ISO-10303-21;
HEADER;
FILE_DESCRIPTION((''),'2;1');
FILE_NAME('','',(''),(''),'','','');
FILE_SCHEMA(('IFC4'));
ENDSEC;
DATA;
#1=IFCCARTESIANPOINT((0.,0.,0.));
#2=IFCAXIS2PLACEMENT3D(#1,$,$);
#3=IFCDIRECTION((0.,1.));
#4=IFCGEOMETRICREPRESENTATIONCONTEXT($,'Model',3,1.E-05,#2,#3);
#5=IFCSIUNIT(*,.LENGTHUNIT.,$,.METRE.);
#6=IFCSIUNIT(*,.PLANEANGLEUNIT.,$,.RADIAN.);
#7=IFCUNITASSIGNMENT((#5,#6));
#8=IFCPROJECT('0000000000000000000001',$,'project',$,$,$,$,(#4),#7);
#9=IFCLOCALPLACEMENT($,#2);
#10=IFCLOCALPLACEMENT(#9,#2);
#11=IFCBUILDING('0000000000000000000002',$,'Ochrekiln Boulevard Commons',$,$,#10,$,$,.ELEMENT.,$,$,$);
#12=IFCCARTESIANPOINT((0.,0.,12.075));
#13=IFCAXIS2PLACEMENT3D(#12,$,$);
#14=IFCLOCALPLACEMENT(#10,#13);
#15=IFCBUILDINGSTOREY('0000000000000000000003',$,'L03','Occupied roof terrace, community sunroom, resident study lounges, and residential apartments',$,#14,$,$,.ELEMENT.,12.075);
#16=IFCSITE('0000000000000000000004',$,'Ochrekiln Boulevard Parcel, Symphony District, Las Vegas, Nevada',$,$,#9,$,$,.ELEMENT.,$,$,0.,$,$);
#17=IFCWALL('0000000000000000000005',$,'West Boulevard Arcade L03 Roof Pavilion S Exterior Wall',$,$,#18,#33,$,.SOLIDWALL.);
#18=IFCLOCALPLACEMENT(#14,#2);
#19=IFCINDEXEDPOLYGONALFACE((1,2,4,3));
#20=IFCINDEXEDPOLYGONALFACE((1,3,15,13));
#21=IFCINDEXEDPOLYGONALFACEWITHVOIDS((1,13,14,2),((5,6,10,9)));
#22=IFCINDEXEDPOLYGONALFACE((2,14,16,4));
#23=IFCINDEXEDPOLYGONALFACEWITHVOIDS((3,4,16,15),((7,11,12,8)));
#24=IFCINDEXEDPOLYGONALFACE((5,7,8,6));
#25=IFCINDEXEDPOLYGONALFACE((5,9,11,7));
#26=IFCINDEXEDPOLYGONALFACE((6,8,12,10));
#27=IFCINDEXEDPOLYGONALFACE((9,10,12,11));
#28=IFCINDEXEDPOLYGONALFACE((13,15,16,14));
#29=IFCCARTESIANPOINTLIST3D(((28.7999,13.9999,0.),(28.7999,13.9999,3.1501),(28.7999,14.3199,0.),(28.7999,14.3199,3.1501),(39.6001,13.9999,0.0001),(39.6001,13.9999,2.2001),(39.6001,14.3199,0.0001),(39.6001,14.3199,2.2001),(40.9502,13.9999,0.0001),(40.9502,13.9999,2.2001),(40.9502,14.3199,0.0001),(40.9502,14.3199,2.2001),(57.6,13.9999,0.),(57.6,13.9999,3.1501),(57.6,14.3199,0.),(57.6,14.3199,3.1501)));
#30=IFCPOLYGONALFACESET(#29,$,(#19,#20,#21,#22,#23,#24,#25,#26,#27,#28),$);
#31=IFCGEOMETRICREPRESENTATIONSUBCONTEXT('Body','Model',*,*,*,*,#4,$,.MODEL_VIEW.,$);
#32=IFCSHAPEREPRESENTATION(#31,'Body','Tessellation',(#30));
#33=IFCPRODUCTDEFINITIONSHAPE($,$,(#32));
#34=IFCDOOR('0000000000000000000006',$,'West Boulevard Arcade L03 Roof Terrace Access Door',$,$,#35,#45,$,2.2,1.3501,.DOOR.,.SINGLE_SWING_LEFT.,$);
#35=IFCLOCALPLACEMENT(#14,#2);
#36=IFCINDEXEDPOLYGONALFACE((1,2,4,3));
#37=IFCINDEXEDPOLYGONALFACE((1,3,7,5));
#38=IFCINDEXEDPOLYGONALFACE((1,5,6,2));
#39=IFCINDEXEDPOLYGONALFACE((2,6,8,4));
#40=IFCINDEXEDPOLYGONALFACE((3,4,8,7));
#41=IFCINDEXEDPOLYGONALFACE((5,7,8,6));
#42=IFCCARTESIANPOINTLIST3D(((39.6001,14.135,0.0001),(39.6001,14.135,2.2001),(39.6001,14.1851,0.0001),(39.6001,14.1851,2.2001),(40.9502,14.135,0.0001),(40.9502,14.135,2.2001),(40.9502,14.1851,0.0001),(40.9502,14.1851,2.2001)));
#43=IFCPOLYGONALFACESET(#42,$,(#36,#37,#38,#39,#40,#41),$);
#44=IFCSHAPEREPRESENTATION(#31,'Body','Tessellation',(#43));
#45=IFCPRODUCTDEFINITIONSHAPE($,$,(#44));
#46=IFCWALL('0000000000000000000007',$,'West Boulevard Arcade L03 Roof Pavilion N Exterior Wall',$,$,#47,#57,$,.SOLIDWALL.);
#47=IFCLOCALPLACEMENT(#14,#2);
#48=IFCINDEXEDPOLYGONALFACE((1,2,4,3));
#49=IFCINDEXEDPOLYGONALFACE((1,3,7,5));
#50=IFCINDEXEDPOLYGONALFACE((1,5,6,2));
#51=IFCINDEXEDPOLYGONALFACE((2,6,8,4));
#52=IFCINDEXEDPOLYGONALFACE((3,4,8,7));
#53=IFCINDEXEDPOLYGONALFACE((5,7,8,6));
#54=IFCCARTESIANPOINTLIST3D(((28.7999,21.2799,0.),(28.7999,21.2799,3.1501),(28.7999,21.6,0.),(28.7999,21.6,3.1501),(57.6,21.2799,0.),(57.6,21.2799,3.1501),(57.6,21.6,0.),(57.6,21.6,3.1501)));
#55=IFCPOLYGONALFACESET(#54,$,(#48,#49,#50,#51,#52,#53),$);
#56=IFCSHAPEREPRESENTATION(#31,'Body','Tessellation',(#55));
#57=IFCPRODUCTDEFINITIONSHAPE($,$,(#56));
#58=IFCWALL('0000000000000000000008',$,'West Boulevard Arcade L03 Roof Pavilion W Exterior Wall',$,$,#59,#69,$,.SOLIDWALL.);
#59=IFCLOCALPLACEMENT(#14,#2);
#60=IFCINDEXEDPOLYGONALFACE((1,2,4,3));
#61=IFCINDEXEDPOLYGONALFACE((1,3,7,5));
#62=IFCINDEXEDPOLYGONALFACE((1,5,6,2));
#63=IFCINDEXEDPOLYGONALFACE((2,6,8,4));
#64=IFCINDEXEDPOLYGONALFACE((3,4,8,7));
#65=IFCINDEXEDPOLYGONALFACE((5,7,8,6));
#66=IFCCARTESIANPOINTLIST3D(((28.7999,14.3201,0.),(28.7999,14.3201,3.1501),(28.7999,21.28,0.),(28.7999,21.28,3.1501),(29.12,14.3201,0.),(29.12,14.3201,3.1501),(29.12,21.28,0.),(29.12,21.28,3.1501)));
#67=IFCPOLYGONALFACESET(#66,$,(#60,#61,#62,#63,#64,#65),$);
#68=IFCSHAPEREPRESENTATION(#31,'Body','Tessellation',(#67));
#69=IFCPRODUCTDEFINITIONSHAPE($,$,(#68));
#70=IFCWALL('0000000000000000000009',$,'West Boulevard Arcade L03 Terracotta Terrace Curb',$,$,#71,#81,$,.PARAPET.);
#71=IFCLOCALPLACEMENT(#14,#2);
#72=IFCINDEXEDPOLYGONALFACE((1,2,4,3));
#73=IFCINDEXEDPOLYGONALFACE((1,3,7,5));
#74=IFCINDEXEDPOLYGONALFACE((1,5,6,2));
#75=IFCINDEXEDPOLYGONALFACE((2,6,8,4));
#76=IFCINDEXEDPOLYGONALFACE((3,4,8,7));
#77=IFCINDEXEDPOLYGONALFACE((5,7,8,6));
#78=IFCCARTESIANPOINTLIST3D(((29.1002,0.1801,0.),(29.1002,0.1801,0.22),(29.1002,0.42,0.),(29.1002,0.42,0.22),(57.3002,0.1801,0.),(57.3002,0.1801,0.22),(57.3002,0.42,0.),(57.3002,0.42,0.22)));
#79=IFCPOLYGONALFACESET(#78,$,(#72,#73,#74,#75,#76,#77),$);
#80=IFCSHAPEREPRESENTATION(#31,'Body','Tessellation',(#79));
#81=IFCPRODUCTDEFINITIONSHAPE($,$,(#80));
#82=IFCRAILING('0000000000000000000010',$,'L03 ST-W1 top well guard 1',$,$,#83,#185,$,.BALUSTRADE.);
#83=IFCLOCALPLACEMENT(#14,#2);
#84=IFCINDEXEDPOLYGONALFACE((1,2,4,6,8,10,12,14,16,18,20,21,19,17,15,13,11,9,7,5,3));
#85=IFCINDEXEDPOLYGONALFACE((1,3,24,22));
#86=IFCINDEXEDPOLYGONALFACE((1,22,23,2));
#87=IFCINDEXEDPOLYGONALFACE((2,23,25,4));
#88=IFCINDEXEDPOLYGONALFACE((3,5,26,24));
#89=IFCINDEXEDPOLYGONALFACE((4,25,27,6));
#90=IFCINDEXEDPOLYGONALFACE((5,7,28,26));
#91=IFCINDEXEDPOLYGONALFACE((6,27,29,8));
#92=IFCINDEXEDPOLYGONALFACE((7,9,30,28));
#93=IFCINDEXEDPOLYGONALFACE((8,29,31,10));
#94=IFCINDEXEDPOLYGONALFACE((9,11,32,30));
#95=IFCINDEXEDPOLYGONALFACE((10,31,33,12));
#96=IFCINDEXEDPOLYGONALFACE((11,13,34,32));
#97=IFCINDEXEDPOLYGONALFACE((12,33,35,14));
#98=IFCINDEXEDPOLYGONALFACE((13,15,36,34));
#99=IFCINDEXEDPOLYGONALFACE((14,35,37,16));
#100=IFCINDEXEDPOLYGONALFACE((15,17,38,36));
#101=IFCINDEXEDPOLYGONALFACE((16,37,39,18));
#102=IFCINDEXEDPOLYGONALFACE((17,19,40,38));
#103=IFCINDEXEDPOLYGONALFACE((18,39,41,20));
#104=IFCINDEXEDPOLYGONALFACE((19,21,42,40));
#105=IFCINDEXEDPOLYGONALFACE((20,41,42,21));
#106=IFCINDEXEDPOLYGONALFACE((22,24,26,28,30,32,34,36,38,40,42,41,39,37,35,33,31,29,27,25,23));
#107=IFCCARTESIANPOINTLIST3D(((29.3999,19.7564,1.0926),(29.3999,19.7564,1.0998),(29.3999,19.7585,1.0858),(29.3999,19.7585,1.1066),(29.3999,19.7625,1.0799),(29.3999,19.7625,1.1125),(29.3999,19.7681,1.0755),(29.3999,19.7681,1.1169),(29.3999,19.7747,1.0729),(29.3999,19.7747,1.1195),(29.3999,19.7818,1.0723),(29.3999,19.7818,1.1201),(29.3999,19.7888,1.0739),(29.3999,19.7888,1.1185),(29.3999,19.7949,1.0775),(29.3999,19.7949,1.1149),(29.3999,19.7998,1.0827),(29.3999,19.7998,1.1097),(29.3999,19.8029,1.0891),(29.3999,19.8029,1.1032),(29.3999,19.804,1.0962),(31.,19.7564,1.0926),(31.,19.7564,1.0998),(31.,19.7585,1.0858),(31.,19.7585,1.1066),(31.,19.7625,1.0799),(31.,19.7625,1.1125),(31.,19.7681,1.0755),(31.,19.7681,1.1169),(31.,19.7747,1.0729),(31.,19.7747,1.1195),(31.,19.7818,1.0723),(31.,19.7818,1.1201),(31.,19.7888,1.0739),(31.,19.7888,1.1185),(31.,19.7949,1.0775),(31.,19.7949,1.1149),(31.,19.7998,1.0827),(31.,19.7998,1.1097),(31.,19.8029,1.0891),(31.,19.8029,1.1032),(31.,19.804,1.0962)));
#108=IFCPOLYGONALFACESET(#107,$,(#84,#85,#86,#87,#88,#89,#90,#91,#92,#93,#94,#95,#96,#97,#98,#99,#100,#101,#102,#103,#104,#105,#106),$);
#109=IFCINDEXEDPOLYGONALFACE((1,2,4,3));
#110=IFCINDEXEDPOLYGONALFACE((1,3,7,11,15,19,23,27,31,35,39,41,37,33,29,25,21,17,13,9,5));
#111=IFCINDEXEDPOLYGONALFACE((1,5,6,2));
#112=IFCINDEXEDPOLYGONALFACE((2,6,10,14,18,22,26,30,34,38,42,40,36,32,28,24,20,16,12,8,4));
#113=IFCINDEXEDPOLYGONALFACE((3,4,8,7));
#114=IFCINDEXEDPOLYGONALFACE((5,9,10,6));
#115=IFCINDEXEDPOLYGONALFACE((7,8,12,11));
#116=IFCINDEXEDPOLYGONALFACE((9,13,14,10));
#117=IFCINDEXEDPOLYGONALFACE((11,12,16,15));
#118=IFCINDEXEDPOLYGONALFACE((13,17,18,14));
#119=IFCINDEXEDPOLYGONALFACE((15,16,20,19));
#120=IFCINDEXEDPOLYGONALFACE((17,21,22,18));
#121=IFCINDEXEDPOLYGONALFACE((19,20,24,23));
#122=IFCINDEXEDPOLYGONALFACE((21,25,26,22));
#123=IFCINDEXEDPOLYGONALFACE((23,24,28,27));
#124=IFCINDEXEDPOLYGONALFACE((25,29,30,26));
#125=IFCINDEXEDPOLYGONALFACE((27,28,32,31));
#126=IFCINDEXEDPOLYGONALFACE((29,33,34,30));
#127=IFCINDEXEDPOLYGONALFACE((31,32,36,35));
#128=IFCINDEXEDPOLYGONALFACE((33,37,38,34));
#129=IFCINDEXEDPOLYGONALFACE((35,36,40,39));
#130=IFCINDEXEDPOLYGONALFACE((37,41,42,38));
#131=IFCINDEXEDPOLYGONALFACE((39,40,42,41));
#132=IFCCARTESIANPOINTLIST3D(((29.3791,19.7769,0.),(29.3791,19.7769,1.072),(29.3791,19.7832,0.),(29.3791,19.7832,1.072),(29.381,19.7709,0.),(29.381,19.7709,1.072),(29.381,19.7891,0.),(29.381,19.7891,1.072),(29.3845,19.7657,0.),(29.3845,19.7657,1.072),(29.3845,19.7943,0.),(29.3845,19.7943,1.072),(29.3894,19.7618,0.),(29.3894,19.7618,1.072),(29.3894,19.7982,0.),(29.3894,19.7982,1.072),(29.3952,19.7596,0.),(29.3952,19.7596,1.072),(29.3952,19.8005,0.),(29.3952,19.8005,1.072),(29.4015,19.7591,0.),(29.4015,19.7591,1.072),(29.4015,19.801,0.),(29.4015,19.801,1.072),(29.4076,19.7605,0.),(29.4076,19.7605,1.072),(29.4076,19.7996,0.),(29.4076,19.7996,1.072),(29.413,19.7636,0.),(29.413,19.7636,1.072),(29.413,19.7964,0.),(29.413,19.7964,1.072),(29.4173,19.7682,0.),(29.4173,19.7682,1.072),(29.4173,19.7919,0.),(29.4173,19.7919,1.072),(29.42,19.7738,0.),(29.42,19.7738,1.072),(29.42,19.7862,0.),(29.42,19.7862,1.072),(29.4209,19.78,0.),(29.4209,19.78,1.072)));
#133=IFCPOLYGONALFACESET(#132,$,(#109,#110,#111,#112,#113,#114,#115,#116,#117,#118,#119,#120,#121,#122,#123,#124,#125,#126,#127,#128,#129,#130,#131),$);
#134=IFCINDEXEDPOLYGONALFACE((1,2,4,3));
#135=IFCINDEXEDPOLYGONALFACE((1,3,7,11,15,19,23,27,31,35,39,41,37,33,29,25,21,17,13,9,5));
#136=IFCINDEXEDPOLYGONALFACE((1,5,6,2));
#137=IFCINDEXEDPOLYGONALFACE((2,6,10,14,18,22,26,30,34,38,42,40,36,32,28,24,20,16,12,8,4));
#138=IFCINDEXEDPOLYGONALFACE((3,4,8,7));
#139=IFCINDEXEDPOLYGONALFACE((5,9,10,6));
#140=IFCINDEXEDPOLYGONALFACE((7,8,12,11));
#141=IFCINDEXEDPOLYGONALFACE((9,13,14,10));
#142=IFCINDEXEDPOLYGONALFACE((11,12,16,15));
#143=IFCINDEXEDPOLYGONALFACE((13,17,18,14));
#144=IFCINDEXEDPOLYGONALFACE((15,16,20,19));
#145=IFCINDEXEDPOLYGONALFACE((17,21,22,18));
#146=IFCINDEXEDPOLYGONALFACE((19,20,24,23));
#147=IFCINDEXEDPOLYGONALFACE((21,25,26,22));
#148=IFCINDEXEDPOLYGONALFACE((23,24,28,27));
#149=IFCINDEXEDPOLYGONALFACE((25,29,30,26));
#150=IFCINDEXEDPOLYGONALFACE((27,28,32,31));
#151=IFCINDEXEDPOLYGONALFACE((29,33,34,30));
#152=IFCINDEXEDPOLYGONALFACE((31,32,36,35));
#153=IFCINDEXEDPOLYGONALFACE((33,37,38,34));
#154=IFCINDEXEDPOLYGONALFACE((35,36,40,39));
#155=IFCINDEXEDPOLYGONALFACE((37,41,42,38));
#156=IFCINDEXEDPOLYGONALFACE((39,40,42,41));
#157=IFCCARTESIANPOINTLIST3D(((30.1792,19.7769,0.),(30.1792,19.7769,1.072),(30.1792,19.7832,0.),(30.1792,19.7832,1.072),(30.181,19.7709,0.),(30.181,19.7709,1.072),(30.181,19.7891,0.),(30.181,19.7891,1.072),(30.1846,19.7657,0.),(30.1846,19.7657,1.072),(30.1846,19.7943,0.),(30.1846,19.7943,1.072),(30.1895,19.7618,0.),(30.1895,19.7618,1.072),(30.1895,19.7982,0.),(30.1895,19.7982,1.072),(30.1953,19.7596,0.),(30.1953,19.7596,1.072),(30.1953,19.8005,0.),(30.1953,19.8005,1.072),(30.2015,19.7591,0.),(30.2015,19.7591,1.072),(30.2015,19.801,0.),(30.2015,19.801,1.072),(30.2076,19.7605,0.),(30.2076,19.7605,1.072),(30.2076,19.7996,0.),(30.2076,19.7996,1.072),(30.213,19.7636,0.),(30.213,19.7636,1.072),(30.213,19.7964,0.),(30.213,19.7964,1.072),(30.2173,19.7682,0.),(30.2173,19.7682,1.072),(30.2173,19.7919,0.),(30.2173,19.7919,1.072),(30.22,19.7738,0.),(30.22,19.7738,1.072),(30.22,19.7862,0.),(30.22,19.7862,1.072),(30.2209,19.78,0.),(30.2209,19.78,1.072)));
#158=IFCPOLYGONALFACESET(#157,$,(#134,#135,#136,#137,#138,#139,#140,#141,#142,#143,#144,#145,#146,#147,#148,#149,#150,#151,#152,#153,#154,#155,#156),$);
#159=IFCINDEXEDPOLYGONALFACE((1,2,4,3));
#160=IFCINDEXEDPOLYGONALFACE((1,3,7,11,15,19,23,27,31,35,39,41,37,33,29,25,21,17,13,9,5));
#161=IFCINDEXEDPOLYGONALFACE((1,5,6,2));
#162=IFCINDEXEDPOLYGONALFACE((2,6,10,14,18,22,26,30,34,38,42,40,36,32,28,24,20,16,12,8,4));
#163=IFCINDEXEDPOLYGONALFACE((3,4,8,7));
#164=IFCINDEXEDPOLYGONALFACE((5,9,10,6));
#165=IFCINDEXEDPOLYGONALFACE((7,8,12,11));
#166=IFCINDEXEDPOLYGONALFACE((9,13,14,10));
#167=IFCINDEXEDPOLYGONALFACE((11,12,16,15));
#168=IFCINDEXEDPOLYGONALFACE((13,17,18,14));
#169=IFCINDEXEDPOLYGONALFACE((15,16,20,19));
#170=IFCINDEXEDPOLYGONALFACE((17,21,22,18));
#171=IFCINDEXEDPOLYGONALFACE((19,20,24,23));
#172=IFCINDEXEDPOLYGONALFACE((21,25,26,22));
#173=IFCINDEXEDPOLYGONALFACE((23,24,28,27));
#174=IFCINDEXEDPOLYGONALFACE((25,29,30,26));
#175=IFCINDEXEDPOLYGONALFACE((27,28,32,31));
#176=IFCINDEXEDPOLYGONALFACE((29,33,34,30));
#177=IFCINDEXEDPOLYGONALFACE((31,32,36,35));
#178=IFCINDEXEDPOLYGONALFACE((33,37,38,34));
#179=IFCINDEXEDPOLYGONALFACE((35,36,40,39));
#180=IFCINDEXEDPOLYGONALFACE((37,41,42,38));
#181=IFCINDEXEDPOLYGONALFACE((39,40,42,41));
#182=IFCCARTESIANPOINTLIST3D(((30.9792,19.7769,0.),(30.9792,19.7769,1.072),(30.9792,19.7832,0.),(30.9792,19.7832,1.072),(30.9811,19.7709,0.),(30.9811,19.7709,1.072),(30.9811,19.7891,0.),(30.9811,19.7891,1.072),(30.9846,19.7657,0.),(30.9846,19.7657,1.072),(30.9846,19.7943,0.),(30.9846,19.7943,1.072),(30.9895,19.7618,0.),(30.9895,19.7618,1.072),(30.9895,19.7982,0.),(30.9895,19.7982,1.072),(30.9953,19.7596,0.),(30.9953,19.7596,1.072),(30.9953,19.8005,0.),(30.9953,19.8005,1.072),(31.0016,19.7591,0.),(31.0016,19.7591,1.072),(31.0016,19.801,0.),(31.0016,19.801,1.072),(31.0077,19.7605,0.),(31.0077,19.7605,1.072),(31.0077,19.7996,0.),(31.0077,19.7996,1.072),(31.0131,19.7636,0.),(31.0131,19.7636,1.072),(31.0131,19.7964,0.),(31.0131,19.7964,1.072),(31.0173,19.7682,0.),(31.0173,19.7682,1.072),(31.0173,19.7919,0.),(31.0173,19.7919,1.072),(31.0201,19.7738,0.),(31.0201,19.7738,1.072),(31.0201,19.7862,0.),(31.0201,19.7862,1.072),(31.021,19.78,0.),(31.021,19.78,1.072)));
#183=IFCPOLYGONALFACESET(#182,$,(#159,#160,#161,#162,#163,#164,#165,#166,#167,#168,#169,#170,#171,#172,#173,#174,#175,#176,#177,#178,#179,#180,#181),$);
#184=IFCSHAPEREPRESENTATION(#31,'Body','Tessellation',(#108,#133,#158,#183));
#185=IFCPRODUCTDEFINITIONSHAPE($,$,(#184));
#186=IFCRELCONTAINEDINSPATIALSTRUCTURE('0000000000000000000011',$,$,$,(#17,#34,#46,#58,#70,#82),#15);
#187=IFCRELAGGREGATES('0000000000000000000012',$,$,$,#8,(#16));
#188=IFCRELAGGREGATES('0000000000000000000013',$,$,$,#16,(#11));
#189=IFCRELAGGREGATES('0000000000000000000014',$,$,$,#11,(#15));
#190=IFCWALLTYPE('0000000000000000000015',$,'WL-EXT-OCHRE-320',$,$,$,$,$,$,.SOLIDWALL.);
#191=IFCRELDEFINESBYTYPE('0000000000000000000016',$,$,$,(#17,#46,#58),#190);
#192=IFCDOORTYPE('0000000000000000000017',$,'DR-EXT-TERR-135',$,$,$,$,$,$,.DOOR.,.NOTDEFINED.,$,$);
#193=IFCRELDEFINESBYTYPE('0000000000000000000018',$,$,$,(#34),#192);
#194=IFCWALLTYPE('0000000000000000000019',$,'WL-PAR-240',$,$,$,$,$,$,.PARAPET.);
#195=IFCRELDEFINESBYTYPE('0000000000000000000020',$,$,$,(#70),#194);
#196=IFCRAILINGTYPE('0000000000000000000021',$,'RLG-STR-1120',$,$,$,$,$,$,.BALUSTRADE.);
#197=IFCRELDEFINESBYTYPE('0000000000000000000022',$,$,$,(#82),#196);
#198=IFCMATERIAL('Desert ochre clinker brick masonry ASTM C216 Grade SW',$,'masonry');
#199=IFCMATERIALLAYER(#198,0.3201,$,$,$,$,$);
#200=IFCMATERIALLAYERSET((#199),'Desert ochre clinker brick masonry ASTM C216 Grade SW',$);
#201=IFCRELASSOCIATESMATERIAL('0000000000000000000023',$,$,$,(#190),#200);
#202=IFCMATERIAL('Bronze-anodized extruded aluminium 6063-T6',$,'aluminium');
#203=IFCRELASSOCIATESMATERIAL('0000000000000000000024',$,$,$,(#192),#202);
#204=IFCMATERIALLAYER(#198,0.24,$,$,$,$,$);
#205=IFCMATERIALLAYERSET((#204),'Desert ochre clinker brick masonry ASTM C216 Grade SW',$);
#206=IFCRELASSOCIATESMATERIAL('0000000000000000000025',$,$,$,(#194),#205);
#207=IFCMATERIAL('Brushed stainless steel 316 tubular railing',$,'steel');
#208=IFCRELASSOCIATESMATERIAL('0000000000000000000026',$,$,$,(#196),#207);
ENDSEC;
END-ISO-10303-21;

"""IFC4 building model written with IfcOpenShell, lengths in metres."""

from ifc_helpers import new_model, si_unit, direction, frame, frame_2d, origin, origin_2d, place, context, subcontext, project, spatial, rectangle, circle, extrude, material, layer, layer_set, type_object, element, fill, save


model = new_model("IFC4")

# Units and contexts
model_context = context("Model", 3, precision=1e-05, world=origin(), true_north=direction((0.0, 1.0)))
body_context = subcontext(model_context, "Body", "Model", "MODEL_VIEW")
ifc_project = project(units=[si_unit("LENGTHUNIT", "METRE"), si_unit("PLANEANGLEUNIT", "RADIAN")], contexts=[model_context])

# Site, building, storey
site_placement = place(None, origin())
site = spatial("IfcSite", under=ifc_project, at=site_placement, Name="Ochrekiln Boulevard Parcel, Symphony District, Las Vegas, Nevada", CompositionType="ELEMENT", RefElevation=0.0)
building_placement = place(site_placement, origin())
building = spatial("IfcBuilding", under=site, at=building_placement, Name="Ochrekiln Boulevard Commons", CompositionType="ELEMENT")
storey_placement = place(building_placement, frame((0.0, 0.0, 12.075)))
storey = spatial("IfcBuildingStorey", under=building, at=storey_placement, Name="L03", Description="Occupied roof terrace, community sunroom, resident study lounges, and residential apartments", CompositionType="ELEMENT", Elevation=12.075)

# Wall, opening, door
ifc_material_1 = material(Name="Desert ochre clinker brick masonry ASTM C216 Grade SW", Category="masonry")
ifc_layer_1 = layer(ifc_material_1, 0.3201)
ifc_layer_set_1 = layer_set([ifc_layer_1], Name="Desert ochre clinker brick masonry ASTM C216 Grade SW")
wall_type_1 = type_object("IfcWallType", Name="WL-EXT-OCHRE-320", PredefinedType="SOLIDWALL", material=ifc_layer_set_1)
wall_1_placement = place(storey_placement, frame((28.8, 14.1599, 0.0), z_axis=(0.0, 0.0, 1.0), x_axis=(1.0, 0.0, 0.0)))
wall_1 = element("IfcWall", 1, at=wall_1_placement, inside=storey, type_object=wall_type_1, Name="West Boulevard Arcade L03 Roof Pavilion S Exterior Wall", PredefinedType="SOLIDWALL", context=body_context, shape_type="SweptSolid", body=[
    extrude(rectangle(XDim=28.8, YDim=0.3201, at=frame_2d((14.3999, 0.0))), origin(), (0.0, 0.0, 1.0), 3.1501),
])
opening_1_placement = place(wall_1_placement, frame((10.8, 0.0, 0.0)))
opening_1 = element("IfcOpeningElement", 2, at=opening_1_placement, cuts=wall_1, PredefinedType="OPENING", context=body_context, shape_type="SweptSolid", body=[
    extrude(rectangle(XDim=1.3501, YDim=2.2, at=frame_2d((0.675, 1.1001))), frame((0.0, 0.1699, 0.0), z_axis=(0.0, -1.0, 0.0), x_axis=(1.0, 0.0, 0.0)), (0.0, 0.0, 1.0), 0.3401),
])
ifc_material_2 = material(Name="Bronze-anodized extruded aluminium 6063-T6", Category="aluminium")
door_type_1 = type_object("IfcDoorType", Name="DR-EXT-TERR-135", OperationType="NOTDEFINED", PredefinedType="DOOR", material=ifc_material_2)
door_1_placement = place(opening_1_placement, frame((1.3501, 0.0, 0.0), z_axis=(0.0, 0.0, 1.0), x_axis=(-1.0, 0.0, 0.0)))
door_1 = element("IfcDoor", 3, at=door_1_placement, inside=storey, type_object=door_type_1, Name="West Boulevard Arcade L03 Roof Terrace Access Door", OperationType="SINGLE_SWING_LEFT", OverallHeight=2.2, OverallWidth=1.3501, PredefinedType="DOOR", context=body_context, shape_type="SweptSolid", body=[
    extrude(rectangle(XDim=1.3501, YDim=2.2, at=frame_2d((0.675, 1.1001))), frame((0.0, 0.0249, 0.0), z_axis=(0.0, -1.0, 0.0), x_axis=(1.0, 0.0, 0.0)), (0.0, 0.0, 1.0), 0.05),
])
fill(opening_1, door_1)

# Walls
wall_2_placement = place(storey_placement, frame((28.8, 21.4399, 0.0), z_axis=(0.0, 0.0, 1.0), x_axis=(1.0, 0.0, 0.0)))
element("IfcWall", 4, at=wall_2_placement, inside=storey, type_object=wall_type_1, Name="West Boulevard Arcade L03 Roof Pavilion N Exterior Wall", PredefinedType="SOLIDWALL", context=body_context, shape_type="SweptSolid", body=[
    extrude(rectangle(XDim=28.8, YDim=0.3201, at=frame_2d((14.3999, 0.0))), origin(), (0.0, 0.0, 1.0), 3.1501),
])
wall_3_placement = place(storey_placement, frame((28.96, 14.3201, 0.0), z_axis=(0.0, 0.0, 1.0), x_axis=(0.0, 1.0, 0.0)))
element("IfcWall", 5, at=wall_3_placement, inside=storey, type_object=wall_type_1, Name="West Boulevard Arcade L03 Roof Pavilion W Exterior Wall", PredefinedType="SOLIDWALL", context=body_context, shape_type="SweptSolid", body=[
    extrude(rectangle(XDim=6.96, YDim=0.3201, at=frame_2d((3.48, 0.0))), origin(), (0.0, 0.0, 1.0), 3.1501),
])
ifc_layer_2 = layer(ifc_material_1, 0.24)
ifc_layer_set_2 = layer_set([ifc_layer_2], Name="Desert ochre clinker brick masonry ASTM C216 Grade SW")
wall_type_2 = type_object("IfcWallType", Name="WL-PAR-240", PredefinedType="PARAPET", material=ifc_layer_set_2)
wall_4_placement = place(storey_placement, frame((29.1001, 0.3, 0.0), z_axis=(0.0, 0.0, 1.0), x_axis=(1.0, 0.0, 0.0)))
element("IfcWall", 6, at=wall_4_placement, inside=storey, type_object=wall_type_2, Name="West Boulevard Arcade L03 Terracotta Terrace Curb", PredefinedType="PARAPET", context=body_context, shape_type="SweptSolid", body=[
    extrude(rectangle(XDim=28.2, YDim=0.24, at=frame_2d((14.1001, 0.0))), origin(), (0.0, 0.0, 1.0), 0.22),
])

# Railing
ifc_material_3 = material(Name="Brushed stainless steel 316 tubular railing", Category="steel")
railing_type_1 = type_object("IfcRailingType", Name="RLG-STR-1120", PredefinedType="BALUSTRADE", material=ifc_material_3)
railing_1_placement = place(storey_placement, frame((29.3999, 19.78, 0.0)))
element("IfcRailing", 7, at=railing_1_placement, inside=storey, type_object=railing_type_1, Name="L03 ST-W1 top well guard 1", PredefinedType="BALUSTRADE", context=body_context, shape_type="SweptSolid", body=[
    extrude(circle(Radius=0.0239, at=origin_2d()), frame((0.0, 0.0, 1.0962), z_axis=(1.0, 0.0, 0.0), x_axis=(0.0, 1.0, 0.0)), (0.0, 0.0, 1.0), 1.6001),
    extrude(circle(Radius=0.021, at=origin_2d()), origin(), (0.0, 0.0, 1.0), 1.072),
    extrude(circle(Radius=0.021, at=origin_2d()), frame((0.8, 0.0, 0.0)), (0.0, 0.0, 1.0), 1.072),
    extrude(circle(Radius=0.021, at=origin_2d()), frame((1.6001, 0.0, 0.0)), (0.0, 0.0, 1.0), 1.072),
])

save(model, "model.ifc")
